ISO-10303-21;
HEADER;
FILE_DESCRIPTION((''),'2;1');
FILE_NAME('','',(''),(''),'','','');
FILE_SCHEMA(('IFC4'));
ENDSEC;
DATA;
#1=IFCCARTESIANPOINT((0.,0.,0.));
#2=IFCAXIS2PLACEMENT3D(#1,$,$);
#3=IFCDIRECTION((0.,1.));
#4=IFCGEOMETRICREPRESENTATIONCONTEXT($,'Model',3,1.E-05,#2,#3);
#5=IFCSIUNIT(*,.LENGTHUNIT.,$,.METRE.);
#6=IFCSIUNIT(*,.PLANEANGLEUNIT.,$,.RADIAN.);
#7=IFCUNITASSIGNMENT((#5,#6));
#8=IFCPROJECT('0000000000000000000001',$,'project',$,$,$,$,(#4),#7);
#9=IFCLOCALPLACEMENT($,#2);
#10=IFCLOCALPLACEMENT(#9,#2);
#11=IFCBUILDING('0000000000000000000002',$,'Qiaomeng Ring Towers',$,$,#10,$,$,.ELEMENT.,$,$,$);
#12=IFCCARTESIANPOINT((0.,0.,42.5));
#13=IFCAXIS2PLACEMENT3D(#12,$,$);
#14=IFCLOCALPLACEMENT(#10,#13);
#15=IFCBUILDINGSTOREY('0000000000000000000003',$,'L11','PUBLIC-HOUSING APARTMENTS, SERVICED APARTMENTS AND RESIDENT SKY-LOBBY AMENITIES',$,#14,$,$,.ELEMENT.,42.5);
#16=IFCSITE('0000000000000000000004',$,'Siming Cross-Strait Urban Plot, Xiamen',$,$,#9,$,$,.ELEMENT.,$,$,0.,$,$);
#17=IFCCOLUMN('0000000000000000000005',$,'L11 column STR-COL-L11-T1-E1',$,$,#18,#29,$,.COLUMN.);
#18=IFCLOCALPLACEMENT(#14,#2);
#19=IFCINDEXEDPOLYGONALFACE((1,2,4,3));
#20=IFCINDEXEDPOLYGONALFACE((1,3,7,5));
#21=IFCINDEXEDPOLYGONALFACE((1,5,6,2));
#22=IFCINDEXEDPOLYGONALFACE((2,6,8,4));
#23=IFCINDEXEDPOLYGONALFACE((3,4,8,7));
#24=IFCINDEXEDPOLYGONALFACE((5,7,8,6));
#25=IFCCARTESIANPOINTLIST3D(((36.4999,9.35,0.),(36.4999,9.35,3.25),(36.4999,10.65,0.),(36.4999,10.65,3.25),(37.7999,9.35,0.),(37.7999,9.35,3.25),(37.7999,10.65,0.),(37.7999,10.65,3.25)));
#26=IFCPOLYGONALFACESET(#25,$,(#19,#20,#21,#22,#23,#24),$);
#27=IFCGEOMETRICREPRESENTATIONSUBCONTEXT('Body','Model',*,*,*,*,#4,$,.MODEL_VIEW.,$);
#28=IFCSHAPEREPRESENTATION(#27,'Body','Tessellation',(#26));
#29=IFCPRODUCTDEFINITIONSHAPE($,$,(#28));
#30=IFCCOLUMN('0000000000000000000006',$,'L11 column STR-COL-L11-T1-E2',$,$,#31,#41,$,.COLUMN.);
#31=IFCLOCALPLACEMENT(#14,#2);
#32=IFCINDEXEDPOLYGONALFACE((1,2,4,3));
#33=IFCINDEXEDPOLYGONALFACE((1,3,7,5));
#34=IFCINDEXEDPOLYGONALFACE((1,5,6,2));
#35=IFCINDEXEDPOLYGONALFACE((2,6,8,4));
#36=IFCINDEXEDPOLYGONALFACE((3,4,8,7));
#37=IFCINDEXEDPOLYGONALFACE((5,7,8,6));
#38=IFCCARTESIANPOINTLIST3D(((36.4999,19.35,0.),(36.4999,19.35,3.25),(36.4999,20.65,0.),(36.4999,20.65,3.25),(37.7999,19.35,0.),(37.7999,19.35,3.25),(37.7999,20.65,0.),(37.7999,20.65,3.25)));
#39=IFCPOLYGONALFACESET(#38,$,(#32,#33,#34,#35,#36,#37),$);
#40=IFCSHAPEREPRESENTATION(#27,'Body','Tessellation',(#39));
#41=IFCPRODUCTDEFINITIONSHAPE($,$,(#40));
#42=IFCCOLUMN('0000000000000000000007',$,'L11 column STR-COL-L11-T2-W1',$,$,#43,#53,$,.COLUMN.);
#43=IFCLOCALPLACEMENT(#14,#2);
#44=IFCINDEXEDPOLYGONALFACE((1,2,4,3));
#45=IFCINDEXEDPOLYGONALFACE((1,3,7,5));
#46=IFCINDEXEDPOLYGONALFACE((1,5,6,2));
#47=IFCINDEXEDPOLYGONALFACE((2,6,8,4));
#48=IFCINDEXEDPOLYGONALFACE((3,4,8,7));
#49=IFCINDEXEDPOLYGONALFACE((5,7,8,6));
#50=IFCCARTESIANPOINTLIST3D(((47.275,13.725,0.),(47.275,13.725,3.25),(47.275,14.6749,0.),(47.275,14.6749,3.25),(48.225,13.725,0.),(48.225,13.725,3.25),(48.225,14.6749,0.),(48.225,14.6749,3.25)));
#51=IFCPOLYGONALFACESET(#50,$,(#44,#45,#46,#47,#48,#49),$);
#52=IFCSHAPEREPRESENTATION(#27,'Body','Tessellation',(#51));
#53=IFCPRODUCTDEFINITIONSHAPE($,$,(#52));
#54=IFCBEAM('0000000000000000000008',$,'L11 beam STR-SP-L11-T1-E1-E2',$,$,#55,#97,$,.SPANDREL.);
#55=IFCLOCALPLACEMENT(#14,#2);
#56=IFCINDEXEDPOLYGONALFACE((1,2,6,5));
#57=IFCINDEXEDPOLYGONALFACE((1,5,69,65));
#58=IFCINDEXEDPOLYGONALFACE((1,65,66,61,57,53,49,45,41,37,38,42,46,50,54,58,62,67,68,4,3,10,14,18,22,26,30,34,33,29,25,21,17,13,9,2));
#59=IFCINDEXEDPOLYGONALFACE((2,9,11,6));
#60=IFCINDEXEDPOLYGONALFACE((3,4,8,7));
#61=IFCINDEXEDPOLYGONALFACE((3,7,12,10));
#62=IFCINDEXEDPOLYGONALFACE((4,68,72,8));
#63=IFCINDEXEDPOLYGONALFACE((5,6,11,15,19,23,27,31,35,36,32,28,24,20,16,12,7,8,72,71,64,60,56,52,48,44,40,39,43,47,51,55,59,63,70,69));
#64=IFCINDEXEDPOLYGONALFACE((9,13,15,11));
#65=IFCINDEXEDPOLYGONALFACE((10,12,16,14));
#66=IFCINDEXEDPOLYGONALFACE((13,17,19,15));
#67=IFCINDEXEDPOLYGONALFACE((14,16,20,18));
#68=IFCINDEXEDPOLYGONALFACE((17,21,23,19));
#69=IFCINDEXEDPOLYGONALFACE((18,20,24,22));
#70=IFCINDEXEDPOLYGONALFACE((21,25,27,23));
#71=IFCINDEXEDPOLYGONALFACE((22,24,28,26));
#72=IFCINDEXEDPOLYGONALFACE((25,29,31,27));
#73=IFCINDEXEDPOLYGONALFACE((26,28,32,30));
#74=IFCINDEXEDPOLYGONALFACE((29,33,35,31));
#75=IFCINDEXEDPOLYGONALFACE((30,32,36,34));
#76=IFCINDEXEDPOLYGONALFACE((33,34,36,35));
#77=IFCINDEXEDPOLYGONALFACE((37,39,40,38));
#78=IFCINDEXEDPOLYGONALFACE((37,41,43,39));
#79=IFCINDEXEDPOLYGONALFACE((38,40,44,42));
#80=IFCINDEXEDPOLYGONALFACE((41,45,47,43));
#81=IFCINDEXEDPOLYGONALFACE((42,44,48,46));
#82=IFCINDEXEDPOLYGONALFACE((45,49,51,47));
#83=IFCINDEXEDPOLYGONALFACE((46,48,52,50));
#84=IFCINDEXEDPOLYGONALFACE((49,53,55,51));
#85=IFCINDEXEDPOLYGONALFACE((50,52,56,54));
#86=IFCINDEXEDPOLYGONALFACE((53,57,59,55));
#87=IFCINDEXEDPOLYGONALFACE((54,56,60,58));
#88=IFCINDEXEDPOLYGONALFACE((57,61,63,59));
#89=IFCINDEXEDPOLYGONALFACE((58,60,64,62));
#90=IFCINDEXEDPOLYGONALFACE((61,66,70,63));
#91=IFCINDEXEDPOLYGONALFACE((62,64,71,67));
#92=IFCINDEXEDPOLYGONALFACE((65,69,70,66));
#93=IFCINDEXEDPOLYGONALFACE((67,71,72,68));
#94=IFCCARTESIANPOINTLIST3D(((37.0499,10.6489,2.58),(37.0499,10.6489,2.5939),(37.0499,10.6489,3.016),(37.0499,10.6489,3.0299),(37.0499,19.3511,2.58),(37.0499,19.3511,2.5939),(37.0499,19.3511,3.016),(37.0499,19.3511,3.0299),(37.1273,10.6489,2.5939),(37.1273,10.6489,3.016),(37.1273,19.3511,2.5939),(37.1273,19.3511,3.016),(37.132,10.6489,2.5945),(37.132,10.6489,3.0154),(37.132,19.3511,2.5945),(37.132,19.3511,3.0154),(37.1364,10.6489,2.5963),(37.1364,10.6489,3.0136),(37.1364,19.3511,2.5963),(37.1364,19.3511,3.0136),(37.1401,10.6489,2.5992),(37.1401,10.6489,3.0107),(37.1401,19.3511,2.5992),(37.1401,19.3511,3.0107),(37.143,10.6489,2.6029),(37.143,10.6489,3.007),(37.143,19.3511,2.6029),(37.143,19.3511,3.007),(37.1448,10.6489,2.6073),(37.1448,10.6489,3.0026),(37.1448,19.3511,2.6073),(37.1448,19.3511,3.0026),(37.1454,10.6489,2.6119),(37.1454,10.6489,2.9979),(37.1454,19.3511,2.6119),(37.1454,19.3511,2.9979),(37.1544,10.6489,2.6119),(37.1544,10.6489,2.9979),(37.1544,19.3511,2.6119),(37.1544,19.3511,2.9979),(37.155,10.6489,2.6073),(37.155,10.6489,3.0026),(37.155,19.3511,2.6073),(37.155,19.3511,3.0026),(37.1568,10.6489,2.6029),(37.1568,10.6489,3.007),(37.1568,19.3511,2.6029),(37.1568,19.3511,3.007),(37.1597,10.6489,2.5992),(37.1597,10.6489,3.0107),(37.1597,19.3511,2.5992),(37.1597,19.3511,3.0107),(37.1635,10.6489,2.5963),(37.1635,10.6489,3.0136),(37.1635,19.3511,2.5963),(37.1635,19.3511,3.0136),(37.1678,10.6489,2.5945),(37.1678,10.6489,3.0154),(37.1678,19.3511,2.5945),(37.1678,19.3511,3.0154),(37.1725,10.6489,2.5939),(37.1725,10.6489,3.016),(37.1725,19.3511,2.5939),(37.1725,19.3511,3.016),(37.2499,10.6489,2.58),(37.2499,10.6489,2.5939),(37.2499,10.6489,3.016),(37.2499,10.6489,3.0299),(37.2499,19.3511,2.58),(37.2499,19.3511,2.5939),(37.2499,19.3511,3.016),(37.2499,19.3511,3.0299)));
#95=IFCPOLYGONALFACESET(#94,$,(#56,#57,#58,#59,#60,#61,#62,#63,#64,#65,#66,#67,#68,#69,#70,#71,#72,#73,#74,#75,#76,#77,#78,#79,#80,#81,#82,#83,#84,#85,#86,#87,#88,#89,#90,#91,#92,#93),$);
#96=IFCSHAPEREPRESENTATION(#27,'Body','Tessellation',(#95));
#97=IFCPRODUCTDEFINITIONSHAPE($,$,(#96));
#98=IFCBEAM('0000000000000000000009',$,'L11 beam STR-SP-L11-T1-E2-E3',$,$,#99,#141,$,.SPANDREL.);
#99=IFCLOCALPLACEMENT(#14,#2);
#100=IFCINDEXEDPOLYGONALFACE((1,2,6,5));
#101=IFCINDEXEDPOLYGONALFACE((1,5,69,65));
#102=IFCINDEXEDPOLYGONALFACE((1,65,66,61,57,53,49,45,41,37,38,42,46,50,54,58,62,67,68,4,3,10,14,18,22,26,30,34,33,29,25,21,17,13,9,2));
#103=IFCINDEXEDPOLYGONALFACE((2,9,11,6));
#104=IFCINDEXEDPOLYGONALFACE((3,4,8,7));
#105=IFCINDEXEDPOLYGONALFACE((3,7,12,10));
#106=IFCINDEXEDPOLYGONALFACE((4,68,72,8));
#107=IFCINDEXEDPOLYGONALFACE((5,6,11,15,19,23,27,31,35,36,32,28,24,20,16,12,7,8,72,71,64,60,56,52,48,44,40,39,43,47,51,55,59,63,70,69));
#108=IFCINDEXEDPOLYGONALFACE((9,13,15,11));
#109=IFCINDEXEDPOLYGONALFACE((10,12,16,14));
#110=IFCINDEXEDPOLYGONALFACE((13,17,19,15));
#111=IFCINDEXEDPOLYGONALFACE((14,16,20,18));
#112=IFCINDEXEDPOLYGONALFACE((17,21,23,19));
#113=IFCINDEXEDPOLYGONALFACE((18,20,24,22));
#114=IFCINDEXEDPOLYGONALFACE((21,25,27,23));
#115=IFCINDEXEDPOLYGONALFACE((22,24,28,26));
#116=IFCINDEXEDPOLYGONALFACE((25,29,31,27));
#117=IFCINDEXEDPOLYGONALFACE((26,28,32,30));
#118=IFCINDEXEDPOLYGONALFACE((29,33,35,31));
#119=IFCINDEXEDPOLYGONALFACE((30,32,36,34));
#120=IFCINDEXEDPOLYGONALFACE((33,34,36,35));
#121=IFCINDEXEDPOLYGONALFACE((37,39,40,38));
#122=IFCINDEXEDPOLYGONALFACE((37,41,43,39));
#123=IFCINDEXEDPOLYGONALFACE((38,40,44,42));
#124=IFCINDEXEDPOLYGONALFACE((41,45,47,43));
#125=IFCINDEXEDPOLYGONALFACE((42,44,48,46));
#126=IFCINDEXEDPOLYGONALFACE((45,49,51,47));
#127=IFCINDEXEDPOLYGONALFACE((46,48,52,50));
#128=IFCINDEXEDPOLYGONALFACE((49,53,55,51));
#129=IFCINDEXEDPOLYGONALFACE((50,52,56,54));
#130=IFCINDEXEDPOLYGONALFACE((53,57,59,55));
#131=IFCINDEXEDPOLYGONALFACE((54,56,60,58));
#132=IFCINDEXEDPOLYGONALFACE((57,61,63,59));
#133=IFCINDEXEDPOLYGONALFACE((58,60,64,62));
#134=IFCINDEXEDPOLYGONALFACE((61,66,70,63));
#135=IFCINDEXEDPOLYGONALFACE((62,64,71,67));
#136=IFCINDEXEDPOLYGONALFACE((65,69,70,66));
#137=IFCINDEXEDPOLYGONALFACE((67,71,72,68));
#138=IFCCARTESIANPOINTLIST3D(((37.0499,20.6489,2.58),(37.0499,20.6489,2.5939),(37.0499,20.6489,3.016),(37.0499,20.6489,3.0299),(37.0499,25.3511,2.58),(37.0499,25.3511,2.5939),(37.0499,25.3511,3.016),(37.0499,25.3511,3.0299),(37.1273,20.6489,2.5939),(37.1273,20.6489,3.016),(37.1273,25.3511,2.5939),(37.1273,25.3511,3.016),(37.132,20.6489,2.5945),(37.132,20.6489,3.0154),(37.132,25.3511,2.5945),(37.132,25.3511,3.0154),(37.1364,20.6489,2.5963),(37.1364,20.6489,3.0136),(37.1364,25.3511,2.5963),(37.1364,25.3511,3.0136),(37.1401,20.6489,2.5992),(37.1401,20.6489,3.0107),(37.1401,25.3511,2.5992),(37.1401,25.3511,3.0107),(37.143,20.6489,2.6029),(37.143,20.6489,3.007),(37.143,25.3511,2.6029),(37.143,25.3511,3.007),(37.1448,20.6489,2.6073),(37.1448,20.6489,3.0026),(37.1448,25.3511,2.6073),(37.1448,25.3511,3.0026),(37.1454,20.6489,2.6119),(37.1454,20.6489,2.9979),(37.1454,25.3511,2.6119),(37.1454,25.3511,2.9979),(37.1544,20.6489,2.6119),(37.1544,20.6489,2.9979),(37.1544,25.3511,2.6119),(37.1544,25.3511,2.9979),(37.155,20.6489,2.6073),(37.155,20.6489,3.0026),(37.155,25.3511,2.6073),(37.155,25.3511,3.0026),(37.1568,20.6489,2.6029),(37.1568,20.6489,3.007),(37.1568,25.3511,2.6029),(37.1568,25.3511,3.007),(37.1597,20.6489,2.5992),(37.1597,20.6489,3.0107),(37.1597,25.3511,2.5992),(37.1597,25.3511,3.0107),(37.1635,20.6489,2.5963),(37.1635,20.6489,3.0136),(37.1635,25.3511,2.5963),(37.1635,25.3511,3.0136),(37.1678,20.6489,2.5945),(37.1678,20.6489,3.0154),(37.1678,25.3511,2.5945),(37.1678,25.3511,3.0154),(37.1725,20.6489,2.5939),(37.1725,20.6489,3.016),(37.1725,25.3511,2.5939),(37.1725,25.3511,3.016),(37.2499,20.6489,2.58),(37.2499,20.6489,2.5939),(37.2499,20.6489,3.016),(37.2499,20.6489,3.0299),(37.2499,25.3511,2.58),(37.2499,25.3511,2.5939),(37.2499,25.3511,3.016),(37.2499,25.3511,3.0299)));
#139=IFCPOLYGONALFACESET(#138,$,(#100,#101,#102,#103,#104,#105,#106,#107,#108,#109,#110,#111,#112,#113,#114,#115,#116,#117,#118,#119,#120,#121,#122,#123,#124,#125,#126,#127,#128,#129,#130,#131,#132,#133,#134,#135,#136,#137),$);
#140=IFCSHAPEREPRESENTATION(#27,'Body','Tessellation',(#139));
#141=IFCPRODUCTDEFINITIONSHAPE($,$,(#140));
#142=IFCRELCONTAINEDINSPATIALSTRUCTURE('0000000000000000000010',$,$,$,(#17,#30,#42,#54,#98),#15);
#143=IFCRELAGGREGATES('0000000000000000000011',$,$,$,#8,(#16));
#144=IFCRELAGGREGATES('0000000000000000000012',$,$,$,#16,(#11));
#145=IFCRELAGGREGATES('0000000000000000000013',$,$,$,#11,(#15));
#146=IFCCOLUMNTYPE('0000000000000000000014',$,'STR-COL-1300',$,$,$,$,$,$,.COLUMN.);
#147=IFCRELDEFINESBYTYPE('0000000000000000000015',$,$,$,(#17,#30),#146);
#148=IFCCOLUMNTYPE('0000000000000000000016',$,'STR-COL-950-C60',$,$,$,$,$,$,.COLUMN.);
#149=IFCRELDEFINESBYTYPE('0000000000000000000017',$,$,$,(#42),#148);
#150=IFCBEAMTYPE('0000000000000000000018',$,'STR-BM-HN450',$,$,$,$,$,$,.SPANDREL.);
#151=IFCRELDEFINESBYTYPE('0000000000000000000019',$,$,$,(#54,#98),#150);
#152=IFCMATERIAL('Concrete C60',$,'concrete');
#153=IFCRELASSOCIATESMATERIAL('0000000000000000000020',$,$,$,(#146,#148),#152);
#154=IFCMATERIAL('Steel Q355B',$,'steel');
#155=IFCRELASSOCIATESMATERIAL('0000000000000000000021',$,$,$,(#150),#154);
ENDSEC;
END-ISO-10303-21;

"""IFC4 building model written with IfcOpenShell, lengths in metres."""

from ifc_helpers import new_model, si_unit, direction, frame, origin, origin_2d, place, context, subcontext, project, spatial, rectangle, i_section, extrude, source, transform, mapped, material, material_profile, profile_set, type_object, element, save


model = new_model("IFC4")

# Units and contexts
model_context = context("Model", 3, precision=1e-05, world=origin(), true_north=direction((0.0, 1.0)))
body_context = subcontext(model_context, "Body", "Model", "MODEL_VIEW")
ifc_project = project(units=[si_unit("LENGTHUNIT", "METRE"), si_unit("PLANEANGLEUNIT", "RADIAN")], contexts=[model_context])

# Site, building, storey
site_placement = place(None, origin())
site = spatial("IfcSite", under=ifc_project, at=site_placement, Name="Siming Cross-Strait Urban Plot, Xiamen", CompositionType="ELEMENT", RefElevation=0.0)
building_placement = place(site_placement, origin())
building = spatial("IfcBuilding", under=site, at=building_placement, Name="Qiaomeng Ring Towers", CompositionType="ELEMENT")
storey_placement = place(building_placement, frame((0.0, 0.0, 42.5)))
storey = spatial("IfcBuildingStorey", under=building, at=storey_placement, Name="L11", Description="PUBLIC-HOUSING APARTMENTS, SERVICED APARTMENTS AND RESIDENT SKY-LOBBY AMENITIES", CompositionType="ELEMENT", Elevation=42.5)

# Columns
ifc_material_1 = material(Name="Concrete C60", Category="concrete")
ifc_material_profile_1 = material_profile(ifc_material_1, rectangle(XDim=1.3, YDim=1.3, at=origin_2d()), Name="RC COL 1300x1300")
ifc_profile_set_1 = profile_set([ifc_material_profile_1], Name="Concrete C60")
column_type_1 = type_object("IfcColumnType", Name="STR-COL-1300", PredefinedType="COLUMN", material=ifc_profile_set_1)
shared_shape_1 = source(origin(), body_context, "Body", "SweptSolid", [
    extrude(rectangle(XDim=1.3, YDim=1.3, at=origin_2d()), origin(), (0.0, 0.0, 1.0), 3.25),
])
for number, where, z_axis, x_axis, name in (
    (1, (37.1499, 10.0, 0.0), (0.0, 0.0, 1.0), (1.0, 0.0, 0.0), "L11 column STR-COL-L11-T1-E1"),
    (2, (37.1499, 20.0, 0.0), (0.0, 0.0, 1.0), (1.0, 0.0, 0.0), "L11 column STR-COL-L11-T1-E2"),
):
    element("IfcColumn", number, at=place(storey_placement, frame(where, z_axis=z_axis, x_axis=x_axis)), inside=storey, type_object=column_type_1, Name=name, PredefinedType="COLUMN", context=body_context, shape_type="MappedRepresentation", body=[
        mapped(shared_shape_1, transform((0.0, 0.0, 0.0), x_axis=(1.0, 0.0, 0.0), y_axis=(0.0, 1.0, 0.0), z_axis=(0.0, 0.0, 1.0), scale=1.0)),
    ])
ifc_material_profile_2 = material_profile(ifc_material_1, rectangle(XDim=0.95, YDim=0.95, at=origin_2d()), Name="RC COL 950x950")
ifc_profile_set_2 = profile_set([ifc_material_profile_2], Name="Concrete C60")
column_type_2 = type_object("IfcColumnType", Name="STR-COL-950-C60", PredefinedType="COLUMN", material=ifc_profile_set_2)
shared_shape_2 = source(origin(), body_context, "Body", "SweptSolid", [
    extrude(rectangle(XDim=0.95, YDim=0.95, at=origin_2d()), origin(), (0.0, 0.0, 1.0), 3.25),
])
column_placement = place(storey_placement, frame((47.75, 14.2, 0.0), z_axis=(0.0, 0.0, 1.0), x_axis=(1.0, 0.0, 0.0)))
element("IfcColumn", 3, at=column_placement, inside=storey, type_object=column_type_2, Name="L11 column STR-COL-L11-T2-W1", PredefinedType="COLUMN", context=body_context, shape_type="MappedRepresentation", body=[
    mapped(shared_shape_2, transform((0.0, 0.0, 0.0), x_axis=(1.0, 0.0, 0.0), y_axis=(0.0, 1.0, 0.0), z_axis=(0.0, 0.0, 1.0), scale=1.0)),
])

# Beams
ifc_material_2 = material(Name="Steel Q355B", Category="steel")
ifc_material_profile_3 = material_profile(ifc_material_2, i_section(OverallWidth=0.2, OverallDepth=0.45, WebThickness=0.009, FlangeThickness=0.0139, FilletRadius=0.0181, at=origin_2d()), Name="HN 450x200x9x14")
ifc_profile_set_3 = profile_set([ifc_material_profile_3], Name="Steel Q355B")
beam_type_1 = type_object("IfcBeamType", Name="STR-BM-HN450", PredefinedType="SPANDREL", material=ifc_profile_set_3)
shared_shape_3 = source(origin(), body_context, "Body", "SweptSolid", [
    extrude(i_section(OverallWidth=0.2, OverallDepth=0.45, WebThickness=0.009, FlangeThickness=0.0139, FilletRadius=0.0181, at=origin_2d()), origin(), (0.0, 0.0, 1.0), 8.7021),
])
beam_1_placement = place(storey_placement, frame((37.1499, 10.6489, 2.8049), z_axis=(0.0, 1.0, 0.0), x_axis=(-1.0, 0.0, 0.0)))
element("IfcBeam", 4, at=beam_1_placement, inside=storey, type_object=beam_type_1, Name="L11 beam STR-SP-L11-T1-E1-E2", PredefinedType="SPANDREL", context=body_context, shape_type="MappedRepresentation", body=[
    mapped(shared_shape_3, transform((0.0, 0.0, 0.0), x_axis=(1.0, 0.0, 0.0), y_axis=(0.0, 1.0, 0.0), z_axis=(0.0, 0.0, 1.0), scale=1.0)),
])
shared_shape_4 = source(origin(), body_context, "Body", "SweptSolid", [
    extrude(i_section(OverallWidth=0.2, OverallDepth=0.45, WebThickness=0.009, FlangeThickness=0.0139, FilletRadius=0.0181, at=origin_2d()), origin(), (0.0, 0.0, 1.0), 4.7021),
])
beam_2_placement = place(storey_placement, frame((37.1499, 20.6489, 2.8049), z_axis=(0.0, 1.0, 0.0), x_axis=(-1.0, 0.0, 0.0)))
element("IfcBeam", 5, at=beam_2_placement, inside=storey, type_object=beam_type_1, Name="L11 beam STR-SP-L11-T1-E2-E3", PredefinedType="SPANDREL", context=body_context, shape_type="MappedRepresentation", body=[
    mapped(shared_shape_4, transform((0.0, 0.0, 0.0), x_axis=(1.0, 0.0, 0.0), y_axis=(0.0, 1.0, 0.0), z_axis=(0.0, 0.0, 1.0), scale=1.0)),
])

save(model, "model.ifc")
